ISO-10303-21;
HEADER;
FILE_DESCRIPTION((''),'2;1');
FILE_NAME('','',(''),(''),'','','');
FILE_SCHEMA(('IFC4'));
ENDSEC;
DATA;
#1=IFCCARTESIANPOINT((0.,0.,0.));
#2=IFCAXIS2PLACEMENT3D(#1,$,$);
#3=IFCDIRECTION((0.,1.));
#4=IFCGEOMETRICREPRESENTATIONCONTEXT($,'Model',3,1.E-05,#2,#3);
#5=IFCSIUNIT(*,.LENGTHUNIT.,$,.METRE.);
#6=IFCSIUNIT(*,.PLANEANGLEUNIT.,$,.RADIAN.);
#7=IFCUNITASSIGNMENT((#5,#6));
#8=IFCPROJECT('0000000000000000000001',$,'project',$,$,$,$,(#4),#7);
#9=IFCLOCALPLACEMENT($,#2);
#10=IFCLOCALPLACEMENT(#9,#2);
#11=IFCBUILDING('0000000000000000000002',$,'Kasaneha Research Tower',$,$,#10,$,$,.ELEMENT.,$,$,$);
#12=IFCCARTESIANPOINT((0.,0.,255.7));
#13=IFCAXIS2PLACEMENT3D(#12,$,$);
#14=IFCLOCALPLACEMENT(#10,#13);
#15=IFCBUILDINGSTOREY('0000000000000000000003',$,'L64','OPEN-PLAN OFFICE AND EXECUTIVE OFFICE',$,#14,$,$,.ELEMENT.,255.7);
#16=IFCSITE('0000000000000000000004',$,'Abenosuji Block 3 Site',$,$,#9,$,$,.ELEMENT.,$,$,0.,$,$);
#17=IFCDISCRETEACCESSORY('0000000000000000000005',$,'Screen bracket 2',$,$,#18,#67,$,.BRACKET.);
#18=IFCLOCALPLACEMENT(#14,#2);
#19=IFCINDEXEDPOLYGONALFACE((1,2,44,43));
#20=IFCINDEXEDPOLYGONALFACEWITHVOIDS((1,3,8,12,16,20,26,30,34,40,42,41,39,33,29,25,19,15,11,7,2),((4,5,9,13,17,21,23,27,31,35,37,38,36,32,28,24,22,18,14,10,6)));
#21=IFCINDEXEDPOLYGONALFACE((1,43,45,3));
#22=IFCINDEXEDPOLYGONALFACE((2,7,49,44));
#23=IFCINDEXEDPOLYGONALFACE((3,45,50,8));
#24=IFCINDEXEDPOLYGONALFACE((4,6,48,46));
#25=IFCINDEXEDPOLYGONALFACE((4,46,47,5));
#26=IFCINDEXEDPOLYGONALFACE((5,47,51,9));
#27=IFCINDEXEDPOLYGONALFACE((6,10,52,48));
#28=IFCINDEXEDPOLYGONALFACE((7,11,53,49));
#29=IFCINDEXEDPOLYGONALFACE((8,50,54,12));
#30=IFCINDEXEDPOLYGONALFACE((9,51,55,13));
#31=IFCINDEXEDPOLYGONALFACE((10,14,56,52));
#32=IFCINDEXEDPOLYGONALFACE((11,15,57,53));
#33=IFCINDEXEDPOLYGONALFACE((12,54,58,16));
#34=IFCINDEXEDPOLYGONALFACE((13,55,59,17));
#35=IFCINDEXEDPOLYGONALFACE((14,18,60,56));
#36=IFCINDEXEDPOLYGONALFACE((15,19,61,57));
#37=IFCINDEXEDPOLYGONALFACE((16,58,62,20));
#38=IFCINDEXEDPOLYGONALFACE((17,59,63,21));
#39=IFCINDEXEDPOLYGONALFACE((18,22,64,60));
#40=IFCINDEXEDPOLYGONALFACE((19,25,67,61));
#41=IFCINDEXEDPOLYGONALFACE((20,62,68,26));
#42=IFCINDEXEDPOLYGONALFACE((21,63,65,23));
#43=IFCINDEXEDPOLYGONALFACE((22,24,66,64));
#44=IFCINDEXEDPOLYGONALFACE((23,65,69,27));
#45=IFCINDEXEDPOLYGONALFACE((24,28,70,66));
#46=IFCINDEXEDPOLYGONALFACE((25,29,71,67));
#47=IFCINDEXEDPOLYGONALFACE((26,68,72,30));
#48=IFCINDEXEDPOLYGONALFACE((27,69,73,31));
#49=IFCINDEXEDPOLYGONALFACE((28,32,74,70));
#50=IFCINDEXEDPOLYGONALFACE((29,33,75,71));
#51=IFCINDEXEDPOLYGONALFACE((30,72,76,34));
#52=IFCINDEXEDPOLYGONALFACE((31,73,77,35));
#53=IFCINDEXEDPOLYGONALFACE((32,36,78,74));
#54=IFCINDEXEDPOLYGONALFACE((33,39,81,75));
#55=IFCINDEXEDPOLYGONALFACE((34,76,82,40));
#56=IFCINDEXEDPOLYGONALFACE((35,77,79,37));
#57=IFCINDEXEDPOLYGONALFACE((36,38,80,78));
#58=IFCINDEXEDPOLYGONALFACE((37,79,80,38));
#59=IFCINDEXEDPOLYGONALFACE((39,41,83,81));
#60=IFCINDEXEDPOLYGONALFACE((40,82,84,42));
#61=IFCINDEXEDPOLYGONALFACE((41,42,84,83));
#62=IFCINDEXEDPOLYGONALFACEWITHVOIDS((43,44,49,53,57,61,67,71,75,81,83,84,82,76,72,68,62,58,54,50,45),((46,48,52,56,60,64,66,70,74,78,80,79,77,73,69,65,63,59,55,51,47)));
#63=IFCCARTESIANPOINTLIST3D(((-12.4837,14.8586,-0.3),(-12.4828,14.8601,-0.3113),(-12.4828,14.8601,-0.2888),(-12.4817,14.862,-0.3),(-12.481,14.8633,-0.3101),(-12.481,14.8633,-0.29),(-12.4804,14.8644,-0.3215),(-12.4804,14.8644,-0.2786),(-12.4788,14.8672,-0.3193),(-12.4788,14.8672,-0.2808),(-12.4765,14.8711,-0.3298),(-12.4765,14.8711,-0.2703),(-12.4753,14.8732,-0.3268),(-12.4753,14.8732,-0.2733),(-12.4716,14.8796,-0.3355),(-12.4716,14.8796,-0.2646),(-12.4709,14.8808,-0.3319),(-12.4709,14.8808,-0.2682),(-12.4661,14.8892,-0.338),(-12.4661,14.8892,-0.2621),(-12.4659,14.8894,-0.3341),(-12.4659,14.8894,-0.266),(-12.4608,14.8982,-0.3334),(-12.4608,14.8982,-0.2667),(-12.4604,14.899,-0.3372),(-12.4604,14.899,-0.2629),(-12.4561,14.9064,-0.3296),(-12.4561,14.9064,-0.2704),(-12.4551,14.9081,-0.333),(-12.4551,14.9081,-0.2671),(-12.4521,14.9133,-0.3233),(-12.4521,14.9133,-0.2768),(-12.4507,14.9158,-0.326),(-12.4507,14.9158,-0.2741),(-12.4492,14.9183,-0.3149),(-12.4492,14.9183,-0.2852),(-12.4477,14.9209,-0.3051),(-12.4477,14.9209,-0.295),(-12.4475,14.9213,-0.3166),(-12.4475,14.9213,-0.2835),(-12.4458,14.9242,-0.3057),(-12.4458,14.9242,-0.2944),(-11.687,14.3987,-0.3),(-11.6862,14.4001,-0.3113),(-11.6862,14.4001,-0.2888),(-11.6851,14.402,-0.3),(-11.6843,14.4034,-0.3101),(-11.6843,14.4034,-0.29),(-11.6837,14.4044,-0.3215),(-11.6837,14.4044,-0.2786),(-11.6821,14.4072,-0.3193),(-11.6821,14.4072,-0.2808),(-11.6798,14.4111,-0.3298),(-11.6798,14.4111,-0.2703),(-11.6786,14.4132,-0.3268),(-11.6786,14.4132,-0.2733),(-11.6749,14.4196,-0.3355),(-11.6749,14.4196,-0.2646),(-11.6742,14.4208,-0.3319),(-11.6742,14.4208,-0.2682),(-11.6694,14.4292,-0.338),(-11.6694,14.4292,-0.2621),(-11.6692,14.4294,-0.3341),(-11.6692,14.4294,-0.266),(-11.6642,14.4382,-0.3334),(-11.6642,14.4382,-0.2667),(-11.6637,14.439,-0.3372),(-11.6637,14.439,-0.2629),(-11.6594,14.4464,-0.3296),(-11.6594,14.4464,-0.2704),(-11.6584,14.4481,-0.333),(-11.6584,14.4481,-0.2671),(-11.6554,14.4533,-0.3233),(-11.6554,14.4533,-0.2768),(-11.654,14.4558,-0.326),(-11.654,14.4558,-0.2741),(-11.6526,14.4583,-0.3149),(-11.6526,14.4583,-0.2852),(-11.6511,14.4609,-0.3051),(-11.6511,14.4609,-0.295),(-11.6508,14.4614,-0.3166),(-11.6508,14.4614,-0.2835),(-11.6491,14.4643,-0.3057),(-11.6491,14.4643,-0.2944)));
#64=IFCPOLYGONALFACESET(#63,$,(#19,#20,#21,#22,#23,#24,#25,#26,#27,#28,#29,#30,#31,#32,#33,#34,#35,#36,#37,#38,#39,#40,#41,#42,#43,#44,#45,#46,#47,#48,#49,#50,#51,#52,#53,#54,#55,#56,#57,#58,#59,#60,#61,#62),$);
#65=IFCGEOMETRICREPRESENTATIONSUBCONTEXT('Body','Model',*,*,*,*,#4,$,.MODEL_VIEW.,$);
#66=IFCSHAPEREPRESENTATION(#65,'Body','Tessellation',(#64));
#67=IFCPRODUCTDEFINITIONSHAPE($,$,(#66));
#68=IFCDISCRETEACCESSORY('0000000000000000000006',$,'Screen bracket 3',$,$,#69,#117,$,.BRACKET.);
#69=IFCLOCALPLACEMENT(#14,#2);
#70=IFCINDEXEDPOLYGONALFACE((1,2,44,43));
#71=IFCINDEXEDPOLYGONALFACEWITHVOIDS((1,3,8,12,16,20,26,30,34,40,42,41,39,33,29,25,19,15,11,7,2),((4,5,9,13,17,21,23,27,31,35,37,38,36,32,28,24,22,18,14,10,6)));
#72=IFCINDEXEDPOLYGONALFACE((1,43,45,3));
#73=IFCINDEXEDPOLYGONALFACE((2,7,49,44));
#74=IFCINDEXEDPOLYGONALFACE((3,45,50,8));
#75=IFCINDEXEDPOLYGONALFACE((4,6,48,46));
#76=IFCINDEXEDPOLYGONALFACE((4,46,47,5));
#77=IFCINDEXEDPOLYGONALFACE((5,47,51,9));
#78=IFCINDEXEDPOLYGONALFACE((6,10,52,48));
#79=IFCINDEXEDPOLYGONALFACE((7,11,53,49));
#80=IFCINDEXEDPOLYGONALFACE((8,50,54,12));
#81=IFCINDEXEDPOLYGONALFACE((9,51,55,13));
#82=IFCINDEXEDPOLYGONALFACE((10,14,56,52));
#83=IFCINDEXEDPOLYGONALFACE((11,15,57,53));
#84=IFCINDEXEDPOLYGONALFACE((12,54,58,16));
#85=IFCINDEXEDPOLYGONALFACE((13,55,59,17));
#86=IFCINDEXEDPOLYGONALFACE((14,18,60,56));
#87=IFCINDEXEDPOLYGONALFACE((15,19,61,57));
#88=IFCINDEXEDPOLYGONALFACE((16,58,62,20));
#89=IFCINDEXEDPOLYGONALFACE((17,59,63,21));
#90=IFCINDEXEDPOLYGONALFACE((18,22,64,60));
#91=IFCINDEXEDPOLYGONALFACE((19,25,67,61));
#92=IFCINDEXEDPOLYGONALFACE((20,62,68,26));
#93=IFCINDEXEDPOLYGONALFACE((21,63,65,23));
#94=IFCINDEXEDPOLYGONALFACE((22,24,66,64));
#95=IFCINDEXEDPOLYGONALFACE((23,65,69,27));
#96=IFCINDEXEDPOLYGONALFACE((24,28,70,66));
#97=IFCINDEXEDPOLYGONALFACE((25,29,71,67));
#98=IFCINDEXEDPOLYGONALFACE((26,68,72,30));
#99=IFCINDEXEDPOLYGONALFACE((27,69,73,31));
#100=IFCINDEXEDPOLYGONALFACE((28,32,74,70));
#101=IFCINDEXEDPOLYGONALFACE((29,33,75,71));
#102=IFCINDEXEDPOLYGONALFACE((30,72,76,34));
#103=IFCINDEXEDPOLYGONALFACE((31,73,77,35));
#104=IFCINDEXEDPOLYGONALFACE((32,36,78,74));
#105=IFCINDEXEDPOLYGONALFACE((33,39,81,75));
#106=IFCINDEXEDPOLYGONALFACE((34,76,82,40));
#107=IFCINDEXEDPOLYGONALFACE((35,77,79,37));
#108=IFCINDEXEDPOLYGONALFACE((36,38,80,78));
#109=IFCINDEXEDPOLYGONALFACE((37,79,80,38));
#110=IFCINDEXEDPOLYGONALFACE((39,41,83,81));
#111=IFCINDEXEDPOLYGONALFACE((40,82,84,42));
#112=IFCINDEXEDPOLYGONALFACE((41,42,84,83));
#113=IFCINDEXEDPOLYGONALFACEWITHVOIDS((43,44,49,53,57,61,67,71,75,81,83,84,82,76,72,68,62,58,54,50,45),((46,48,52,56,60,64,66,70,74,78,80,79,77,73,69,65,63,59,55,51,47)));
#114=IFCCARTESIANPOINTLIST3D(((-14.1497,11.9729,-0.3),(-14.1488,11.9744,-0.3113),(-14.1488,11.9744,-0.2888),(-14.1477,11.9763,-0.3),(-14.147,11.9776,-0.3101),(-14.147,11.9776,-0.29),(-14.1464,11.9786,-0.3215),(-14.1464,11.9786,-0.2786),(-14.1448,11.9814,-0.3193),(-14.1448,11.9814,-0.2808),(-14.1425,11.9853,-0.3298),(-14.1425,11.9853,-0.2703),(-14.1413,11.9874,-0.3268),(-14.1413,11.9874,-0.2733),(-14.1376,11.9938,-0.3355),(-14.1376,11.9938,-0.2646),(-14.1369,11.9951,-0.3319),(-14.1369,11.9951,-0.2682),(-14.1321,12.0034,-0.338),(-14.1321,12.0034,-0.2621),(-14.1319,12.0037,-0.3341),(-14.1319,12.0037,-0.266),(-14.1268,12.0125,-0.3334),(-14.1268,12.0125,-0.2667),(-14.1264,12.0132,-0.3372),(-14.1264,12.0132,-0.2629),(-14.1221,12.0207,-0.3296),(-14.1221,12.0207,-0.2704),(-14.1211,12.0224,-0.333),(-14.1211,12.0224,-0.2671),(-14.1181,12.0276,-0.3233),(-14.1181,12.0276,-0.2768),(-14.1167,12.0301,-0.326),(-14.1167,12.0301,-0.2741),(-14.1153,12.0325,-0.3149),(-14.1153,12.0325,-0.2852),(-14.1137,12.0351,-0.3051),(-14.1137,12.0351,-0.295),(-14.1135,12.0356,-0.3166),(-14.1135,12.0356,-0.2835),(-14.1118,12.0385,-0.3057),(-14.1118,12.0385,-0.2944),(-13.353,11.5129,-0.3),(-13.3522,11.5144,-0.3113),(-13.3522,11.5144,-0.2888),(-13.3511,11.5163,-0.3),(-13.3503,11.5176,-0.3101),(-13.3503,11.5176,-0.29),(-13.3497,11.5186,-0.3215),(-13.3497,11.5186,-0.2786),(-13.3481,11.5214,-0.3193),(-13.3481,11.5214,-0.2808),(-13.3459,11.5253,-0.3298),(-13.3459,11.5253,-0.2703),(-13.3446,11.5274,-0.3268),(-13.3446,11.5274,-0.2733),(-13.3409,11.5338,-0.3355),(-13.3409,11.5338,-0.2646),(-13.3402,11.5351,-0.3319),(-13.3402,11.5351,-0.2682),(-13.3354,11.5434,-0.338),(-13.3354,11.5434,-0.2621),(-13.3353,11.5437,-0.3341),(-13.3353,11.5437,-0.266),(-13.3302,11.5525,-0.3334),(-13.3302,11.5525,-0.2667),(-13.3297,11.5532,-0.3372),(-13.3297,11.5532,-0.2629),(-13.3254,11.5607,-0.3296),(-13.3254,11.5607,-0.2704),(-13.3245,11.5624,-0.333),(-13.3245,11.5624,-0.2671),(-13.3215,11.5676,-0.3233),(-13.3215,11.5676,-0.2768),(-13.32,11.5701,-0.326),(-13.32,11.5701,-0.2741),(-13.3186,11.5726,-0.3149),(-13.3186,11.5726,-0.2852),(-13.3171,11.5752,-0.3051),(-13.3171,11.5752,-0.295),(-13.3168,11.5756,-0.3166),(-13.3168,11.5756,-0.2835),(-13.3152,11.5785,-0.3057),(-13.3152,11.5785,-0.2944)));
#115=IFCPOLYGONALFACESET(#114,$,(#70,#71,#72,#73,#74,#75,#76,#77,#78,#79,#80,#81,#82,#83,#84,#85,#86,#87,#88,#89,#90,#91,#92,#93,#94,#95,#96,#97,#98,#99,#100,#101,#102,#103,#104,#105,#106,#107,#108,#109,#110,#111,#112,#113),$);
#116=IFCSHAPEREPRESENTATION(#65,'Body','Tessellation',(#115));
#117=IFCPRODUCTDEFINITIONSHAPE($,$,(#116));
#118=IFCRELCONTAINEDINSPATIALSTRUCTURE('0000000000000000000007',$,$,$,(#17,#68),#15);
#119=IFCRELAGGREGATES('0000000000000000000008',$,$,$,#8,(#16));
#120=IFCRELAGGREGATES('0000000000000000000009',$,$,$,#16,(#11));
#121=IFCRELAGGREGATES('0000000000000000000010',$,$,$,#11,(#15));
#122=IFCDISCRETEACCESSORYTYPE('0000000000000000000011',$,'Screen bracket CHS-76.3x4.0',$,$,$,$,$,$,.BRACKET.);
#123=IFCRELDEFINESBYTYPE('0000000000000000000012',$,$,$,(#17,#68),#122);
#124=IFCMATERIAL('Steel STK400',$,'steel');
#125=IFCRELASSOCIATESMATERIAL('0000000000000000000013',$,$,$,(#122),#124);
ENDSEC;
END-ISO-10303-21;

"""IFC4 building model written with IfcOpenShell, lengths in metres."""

from ifc_helpers import new_model, si_unit, direction, frame, origin, origin_2d, place, context, subcontext, project, spatial, hollow_circle, extrude, material, material_profile, profile_set, type_object, element, save


model = new_model("IFC4")

# Units and contexts
model_context = context("Model", 3, precision=1e-05, world=origin(), true_north=direction((0.0, 1.0)))
body_context = subcontext(model_context, "Body", "Model", "MODEL_VIEW")
ifc_project = project(units=[si_unit("LENGTHUNIT", "METRE"), si_unit("PLANEANGLEUNIT", "RADIAN")], contexts=[model_context])

# Site, building, storey
site_placement = place(None, origin())
site = spatial("IfcSite", under=ifc_project, at=site_placement, Name="Abenosuji Block 3 Site", CompositionType="ELEMENT", RefElevation=0.0)
building_placement = place(site_placement, origin())
building = spatial("IfcBuilding", under=site, at=building_placement, Name="Kasaneha Research Tower", CompositionType="ELEMENT")
storey_placement = place(building_placement, frame((0.0, 0.0, 255.7)))
storey = spatial("IfcBuildingStorey", under=building, at=storey_placement, Name="L64", Description="OPEN-PLAN OFFICE AND EXECUTIVE OFFICE", CompositionType="ELEMENT", Elevation=255.7)

# Discrete accessories
ifc_material_1 = material(Name="Steel STK400", Category="steel")
ifc_material_profile_1 = material_profile(ifc_material_1, hollow_circle(Radius=0.0381, WallThickness=0.0039, at=origin_2d()), Name="CHS-76.3x4.0")
ifc_profile_set_1 = profile_set([ifc_material_profile_1], Name="Steel STK400")
discrete_accessory_type = type_object("IfcDiscreteAccessoryType", Name="Screen bracket CHS-76.3x4.0", PredefinedType="BRACKET", material=ifc_profile_set_1)
for number, where, z_axis, x_axis, name in (
    (1, (-11.668, 14.4316, -0.3), (-0.866013, 0.500021, 0.0), (-0.500021, -0.866013, 0.0), "Screen bracket 2"),
    (2, (-13.334, 11.5459, -0.3), (-0.866013, 0.500021, 0.0), (-0.500021, -0.866013, 0.0), "Screen bracket 3"),
):
    element("IfcDiscreteAccessory", number, at=place(storey_placement, frame(where, z_axis=z_axis, x_axis=x_axis)), inside=storey, type_object=discrete_accessory_type, Name=name, PredefinedType="BRACKET", context=body_context, shape_type="SweptSolid", body=[
        extrude(hollow_circle(Radius=0.0381, WallThickness=0.0039, at=origin_2d()), origin(), (0.0, 0.0, 1.0), 0.9199),
    ])

save(model, "model.ifc")
